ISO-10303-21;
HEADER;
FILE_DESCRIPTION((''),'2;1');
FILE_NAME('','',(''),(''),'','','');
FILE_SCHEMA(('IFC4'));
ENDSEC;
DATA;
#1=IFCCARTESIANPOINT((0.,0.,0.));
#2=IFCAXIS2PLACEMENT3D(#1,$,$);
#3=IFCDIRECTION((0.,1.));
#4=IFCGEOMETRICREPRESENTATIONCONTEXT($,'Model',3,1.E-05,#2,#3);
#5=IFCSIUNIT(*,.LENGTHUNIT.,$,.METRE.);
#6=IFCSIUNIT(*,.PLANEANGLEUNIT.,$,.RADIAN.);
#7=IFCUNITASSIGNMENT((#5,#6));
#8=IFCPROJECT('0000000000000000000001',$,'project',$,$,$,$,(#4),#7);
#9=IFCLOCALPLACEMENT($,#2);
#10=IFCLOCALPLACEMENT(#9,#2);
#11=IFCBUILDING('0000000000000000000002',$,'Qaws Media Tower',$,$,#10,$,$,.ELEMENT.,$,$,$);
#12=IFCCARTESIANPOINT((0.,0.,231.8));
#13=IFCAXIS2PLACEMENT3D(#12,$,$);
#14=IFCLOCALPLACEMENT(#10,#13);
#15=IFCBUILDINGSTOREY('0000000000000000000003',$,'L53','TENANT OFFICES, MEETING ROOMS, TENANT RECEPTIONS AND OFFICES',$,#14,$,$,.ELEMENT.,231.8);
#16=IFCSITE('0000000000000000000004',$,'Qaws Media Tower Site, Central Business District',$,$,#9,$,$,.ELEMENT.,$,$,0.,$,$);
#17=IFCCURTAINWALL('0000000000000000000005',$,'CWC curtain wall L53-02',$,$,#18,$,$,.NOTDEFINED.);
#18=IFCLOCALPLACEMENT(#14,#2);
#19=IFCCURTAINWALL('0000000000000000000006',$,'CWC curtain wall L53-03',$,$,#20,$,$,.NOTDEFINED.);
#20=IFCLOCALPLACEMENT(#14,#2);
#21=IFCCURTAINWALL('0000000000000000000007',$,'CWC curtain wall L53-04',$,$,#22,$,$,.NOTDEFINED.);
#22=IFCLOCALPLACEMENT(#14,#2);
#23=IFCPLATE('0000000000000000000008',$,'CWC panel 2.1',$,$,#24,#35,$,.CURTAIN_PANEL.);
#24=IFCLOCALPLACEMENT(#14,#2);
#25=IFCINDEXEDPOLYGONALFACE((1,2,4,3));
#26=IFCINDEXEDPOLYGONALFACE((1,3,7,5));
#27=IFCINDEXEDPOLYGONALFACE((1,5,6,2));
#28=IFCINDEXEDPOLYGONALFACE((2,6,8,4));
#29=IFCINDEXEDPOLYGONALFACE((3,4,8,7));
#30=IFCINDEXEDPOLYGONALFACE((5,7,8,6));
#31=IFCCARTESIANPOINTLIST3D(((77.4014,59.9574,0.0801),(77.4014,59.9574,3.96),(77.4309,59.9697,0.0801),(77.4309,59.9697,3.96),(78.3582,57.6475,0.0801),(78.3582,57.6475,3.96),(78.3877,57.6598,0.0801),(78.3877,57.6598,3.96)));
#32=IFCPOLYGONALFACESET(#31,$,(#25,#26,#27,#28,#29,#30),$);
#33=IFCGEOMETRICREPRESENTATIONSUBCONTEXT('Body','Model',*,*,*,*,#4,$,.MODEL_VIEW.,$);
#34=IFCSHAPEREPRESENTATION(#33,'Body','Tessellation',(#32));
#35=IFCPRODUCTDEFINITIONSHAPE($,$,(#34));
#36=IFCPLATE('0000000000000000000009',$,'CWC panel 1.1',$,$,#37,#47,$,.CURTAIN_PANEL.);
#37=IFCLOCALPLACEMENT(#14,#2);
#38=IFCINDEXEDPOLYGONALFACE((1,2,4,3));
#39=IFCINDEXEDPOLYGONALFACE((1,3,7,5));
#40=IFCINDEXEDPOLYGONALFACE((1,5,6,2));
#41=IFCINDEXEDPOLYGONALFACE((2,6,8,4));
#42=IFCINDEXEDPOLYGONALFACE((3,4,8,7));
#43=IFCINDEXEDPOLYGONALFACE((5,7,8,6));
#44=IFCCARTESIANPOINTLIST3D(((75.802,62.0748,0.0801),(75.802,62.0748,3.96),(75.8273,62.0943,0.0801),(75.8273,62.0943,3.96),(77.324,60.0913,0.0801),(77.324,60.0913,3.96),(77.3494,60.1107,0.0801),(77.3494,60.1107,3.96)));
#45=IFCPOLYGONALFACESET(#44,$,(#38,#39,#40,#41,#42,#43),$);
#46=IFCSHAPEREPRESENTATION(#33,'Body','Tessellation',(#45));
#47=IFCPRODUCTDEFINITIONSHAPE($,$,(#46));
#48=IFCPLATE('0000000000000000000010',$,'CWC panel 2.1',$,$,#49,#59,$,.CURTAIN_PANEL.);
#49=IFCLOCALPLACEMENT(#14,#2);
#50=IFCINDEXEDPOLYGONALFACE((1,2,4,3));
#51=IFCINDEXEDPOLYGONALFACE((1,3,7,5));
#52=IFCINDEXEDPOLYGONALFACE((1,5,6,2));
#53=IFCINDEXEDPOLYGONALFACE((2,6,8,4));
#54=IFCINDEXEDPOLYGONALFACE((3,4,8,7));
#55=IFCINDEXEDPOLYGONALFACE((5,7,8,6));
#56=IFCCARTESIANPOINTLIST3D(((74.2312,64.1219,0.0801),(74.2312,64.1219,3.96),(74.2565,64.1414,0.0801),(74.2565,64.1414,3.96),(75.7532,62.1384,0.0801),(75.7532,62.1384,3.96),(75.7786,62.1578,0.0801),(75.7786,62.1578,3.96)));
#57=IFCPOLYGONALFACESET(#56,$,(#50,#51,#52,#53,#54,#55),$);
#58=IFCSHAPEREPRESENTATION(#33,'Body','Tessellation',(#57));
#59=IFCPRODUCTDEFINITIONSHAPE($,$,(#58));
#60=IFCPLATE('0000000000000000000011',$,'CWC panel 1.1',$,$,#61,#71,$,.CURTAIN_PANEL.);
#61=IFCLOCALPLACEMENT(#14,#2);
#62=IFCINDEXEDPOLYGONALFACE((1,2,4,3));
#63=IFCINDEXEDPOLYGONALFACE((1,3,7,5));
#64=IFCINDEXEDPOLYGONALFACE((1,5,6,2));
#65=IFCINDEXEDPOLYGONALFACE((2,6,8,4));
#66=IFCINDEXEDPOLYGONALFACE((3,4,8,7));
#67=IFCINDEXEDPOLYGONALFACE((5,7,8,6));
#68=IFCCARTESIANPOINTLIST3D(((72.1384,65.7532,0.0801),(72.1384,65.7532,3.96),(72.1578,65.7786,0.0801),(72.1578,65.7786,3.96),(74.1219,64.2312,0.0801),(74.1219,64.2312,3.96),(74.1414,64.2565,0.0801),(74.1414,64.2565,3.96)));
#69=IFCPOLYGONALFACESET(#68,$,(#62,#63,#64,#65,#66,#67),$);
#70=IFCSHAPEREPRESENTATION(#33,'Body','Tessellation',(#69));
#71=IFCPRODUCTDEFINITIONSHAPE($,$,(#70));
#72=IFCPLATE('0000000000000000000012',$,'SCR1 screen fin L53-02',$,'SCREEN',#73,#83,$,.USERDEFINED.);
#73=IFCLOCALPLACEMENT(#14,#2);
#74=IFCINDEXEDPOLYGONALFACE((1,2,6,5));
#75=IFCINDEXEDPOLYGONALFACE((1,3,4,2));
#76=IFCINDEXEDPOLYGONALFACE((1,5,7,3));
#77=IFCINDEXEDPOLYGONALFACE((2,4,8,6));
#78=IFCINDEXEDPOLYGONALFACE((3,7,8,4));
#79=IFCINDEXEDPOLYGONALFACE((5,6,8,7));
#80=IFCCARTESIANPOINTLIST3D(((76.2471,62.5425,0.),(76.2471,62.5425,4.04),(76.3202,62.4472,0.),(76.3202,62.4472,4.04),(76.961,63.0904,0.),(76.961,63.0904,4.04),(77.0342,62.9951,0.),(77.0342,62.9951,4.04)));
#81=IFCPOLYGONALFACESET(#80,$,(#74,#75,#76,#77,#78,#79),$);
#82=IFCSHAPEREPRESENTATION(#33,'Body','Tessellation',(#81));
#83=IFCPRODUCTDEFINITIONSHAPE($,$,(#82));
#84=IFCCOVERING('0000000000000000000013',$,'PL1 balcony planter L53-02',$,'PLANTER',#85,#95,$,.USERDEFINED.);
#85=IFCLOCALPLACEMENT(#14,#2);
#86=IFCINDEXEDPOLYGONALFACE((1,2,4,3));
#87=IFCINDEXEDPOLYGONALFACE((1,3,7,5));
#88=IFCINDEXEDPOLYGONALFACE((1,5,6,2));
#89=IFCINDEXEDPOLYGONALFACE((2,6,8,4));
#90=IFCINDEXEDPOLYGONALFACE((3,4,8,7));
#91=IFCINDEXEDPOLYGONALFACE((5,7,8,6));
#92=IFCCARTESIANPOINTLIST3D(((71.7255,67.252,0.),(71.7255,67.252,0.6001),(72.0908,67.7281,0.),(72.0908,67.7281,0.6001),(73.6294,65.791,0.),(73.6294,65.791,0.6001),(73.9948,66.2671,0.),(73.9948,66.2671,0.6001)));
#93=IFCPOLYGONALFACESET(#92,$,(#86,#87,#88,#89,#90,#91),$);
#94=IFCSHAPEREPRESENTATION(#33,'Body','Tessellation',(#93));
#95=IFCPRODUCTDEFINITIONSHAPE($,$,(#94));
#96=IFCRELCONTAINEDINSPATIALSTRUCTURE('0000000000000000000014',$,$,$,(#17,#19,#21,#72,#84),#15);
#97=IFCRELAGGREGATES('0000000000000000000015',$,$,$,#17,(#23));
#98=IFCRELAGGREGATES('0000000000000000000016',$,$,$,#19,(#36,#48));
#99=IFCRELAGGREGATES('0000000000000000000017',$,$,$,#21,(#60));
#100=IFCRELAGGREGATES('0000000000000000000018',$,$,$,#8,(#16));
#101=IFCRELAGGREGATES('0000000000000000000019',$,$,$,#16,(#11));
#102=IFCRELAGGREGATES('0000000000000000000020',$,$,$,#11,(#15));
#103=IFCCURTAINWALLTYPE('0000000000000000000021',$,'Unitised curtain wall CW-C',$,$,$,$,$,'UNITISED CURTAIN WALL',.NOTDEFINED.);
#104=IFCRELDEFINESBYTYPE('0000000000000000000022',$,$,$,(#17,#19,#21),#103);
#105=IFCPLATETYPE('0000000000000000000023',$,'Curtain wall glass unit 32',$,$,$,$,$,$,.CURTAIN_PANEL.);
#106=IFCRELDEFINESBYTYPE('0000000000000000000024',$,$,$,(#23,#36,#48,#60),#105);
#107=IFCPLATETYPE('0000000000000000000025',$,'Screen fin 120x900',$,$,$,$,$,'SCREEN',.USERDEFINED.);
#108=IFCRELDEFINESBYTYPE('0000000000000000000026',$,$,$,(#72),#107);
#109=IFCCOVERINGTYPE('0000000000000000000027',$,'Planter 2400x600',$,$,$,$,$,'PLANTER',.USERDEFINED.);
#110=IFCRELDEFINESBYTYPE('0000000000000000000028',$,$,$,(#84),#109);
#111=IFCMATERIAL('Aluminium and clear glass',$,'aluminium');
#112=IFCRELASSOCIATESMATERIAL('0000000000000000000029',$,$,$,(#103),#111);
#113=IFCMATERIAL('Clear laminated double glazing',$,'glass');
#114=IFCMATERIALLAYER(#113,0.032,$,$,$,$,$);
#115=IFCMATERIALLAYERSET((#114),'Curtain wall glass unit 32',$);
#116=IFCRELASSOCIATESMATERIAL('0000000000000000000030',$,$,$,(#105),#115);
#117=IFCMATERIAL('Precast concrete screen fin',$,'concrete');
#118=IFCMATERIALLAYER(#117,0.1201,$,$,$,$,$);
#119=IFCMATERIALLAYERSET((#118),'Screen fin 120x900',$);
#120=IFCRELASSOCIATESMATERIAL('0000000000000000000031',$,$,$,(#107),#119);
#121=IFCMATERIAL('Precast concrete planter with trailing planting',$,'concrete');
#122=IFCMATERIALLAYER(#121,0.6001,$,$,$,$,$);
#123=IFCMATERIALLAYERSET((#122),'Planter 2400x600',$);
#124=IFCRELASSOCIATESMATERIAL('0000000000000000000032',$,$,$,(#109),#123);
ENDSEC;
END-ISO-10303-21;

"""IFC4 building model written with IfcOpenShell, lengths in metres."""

from ifc_helpers import new_model, si_unit, direction, frame, origin, origin_2d, place, context, subcontext, project, spatial, rectangle, extrude, material, layer, layer_set, type_object, element, aggregate, save


model = new_model("IFC4")

# Units and contexts
model_context = context("Model", 3, precision=1e-05, world=origin(), true_north=direction((0.0, 1.0)))
body_context = subcontext(model_context, "Body", "Model", "MODEL_VIEW")
ifc_project = project(units=[si_unit("LENGTHUNIT", "METRE"), si_unit("PLANEANGLEUNIT", "RADIAN")], contexts=[model_context])

# Site, building, storey
site_placement = place(None, origin())
site = spatial("IfcSite", under=ifc_project, at=site_placement, Name="Qaws Media Tower Site, Central Business District", CompositionType="ELEMENT", RefElevation=0.0)
building_placement = place(site_placement, origin())
building = spatial("IfcBuilding", under=site, at=building_placement, Name="Qaws Media Tower", CompositionType="ELEMENT")
storey_placement = place(building_placement, frame((0.0, 0.0, 231.8)))
storey = spatial("IfcBuildingStorey", under=building, at=storey_placement, Name="L53", Description="TENANT OFFICES, MEETING ROOMS, TENANT RECEPTIONS AND OFFICES", CompositionType="ELEMENT", Elevation=231.8)

# Curtain wall
ifc_material_1 = material(Name="Aluminium and clear glass", Category="aluminium")
curtain_wall_type = type_object("IfcCurtainWallType", Name="Unitised curtain wall CW-C", ElementType="UNITISED CURTAIN WALL", PredefinedType="NOTDEFINED", material=ifc_material_1)
curtain_wall_1_placement = place(storey_placement, origin())
curtain_wall_1 = element("IfcCurtainWall", 1, at=curtain_wall_1_placement, inside=storey, type_object=curtain_wall_type, Name="CWC curtain wall L53-02", PredefinedType="NOTDEFINED")

# Curtain walls
curtain_wall_2_placement = place(storey_placement, origin())
curtain_wall_2 = element("IfcCurtainWall", 2, at=curtain_wall_2_placement, inside=storey, type_object=curtain_wall_type, Name="CWC curtain wall L53-03", PredefinedType="NOTDEFINED")
curtain_wall_3_placement = place(storey_placement, origin())
curtain_wall_3 = element("IfcCurtainWall", 3, at=curtain_wall_3_placement, inside=storey, type_object=curtain_wall_type, Name="CWC curtain wall L53-04", PredefinedType="NOTDEFINED")

# Plates
ifc_material_2 = material(Name="Clear laminated double glazing", Category="glass")
ifc_layer_1 = layer(ifc_material_2, 0.032)
ifc_layer_set_1 = layer_set([ifc_layer_1], Name="Curtain wall glass unit 32")
plate_type_1 = type_object("IfcPlateType", Name="Curtain wall glass unit 32", PredefinedType="CURTAIN_PANEL", material=ifc_layer_set_1)
plate_1_placement = place(storey_placement, frame((77.8945, 58.8086, 0.0801), z_axis=(0.0, 0.0, 1.0), x_axis=(-0.382683, 0.92388, 0.0)))
plate_1 = element("IfcPlate", 4, at=plate_1_placement, type_object=plate_type_1, Name="CWC panel 2.1", PredefinedType="CURTAIN_PANEL", context=body_context, shape_type="SweptSolid", body=[
    extrude(rectangle(XDim=2.5002, YDim=0.032, at=origin_2d()), origin(), (0.0, 0.0, 1.0), 3.8799),
])
aggregate(curtain_wall_1, [plate_1])
plate_2_placement = place(storey_placement, frame((76.5757, 61.0928, 0.0801), z_axis=(0.0, 0.0, 1.0), x_axis=(-0.608761, 0.793353, 0.0)))
plate_2 = element("IfcPlate", 5, at=plate_2_placement, type_object=plate_type_1, Name="CWC panel 1.1", PredefinedType="CURTAIN_PANEL", context=body_context, shape_type="SweptSolid", body=[
    extrude(rectangle(XDim=2.5002, YDim=0.032, at=origin_2d()), origin(), (0.0, 0.0, 1.0), 3.8799),
])
plate_3_placement = place(storey_placement, frame((75.0049, 63.1399, 0.0801), z_axis=(0.0, 0.0, 1.0), x_axis=(-0.608761, 0.793353, 0.0)))
plate_3 = element("IfcPlate", 6, at=plate_3_placement, type_object=plate_type_1, Name="CWC panel 2.1", PredefinedType="CURTAIN_PANEL", context=body_context, shape_type="SweptSolid", body=[
    extrude(rectangle(XDim=2.5002, YDim=0.032, at=origin_2d()), origin(), (0.0, 0.0, 1.0), 3.8799),
])
aggregate(curtain_wall_2, [plate_2, plate_3])
plate_4_placement = place(storey_placement, frame((73.1399, 65.0049, 0.0801), z_axis=(0.0, 0.0, 1.0), x_axis=(-0.793353, 0.608761, 0.0)))
plate_4 = element("IfcPlate", 7, at=plate_4_placement, type_object=plate_type_1, Name="CWC panel 1.1", PredefinedType="CURTAIN_PANEL", context=body_context, shape_type="SweptSolid", body=[
    extrude(rectangle(XDim=2.5002, YDim=0.032, at=origin_2d()), origin(), (0.0, 0.0, 1.0), 3.8799),
])
aggregate(curtain_wall_3, [plate_4])
ifc_material_3 = material(Name="Precast concrete screen fin", Category="concrete")
ifc_layer_2 = layer(ifc_material_3, 0.1201)
ifc_layer_set_2 = layer_set([ifc_layer_2], Name="Screen fin 120x900")
plate_type_2 = type_object("IfcPlateType", Name="Screen fin 120x900", ElementType="SCREEN", PredefinedType="USERDEFINED", material=ifc_layer_set_2)
plate_5_placement = place(storey_placement, frame((76.6406, 62.7688, 0.0), z_axis=(0.0, 0.0, 1.0), x_axis=(0.793353, 0.608761, 0.0)))
element("IfcPlate", 8, at=plate_5_placement, inside=storey, type_object=plate_type_2, Name="SCR1 screen fin L53-02", ObjectType="SCREEN", PredefinedType="USERDEFINED", context=body_context, shape_type="SweptSolid", body=[
    extrude(rectangle(XDim=0.8999, YDim=0.1201, at=origin_2d()), origin(), (0.0, 0.0, 1.0), 4.04),
])

# Covering
ifc_material_4 = material(Name="Precast concrete planter with trailing planting", Category="concrete")
ifc_layer_3 = layer(ifc_material_4, 0.6001)
ifc_layer_set_3 = layer_set([ifc_layer_3], Name="Planter 2400x600")
covering_type = type_object("IfcCoveringType", Name="Planter 2400x600", ElementType="PLANTER", PredefinedType="USERDEFINED", material=ifc_layer_set_3)
covering_placement = place(storey_placement, frame((72.8601, 66.7595, 0.0), z_axis=(0.0, 0.0, 1.0), x_axis=(-0.793353, 0.608761, 0.0)))
element("IfcCovering", 9, at=covering_placement, inside=storey, type_object=covering_type, Name="PL1 balcony planter L53-02", ObjectType="PLANTER", PredefinedType="USERDEFINED", context=body_context, shape_type="SweptSolid", body=[
    extrude(rectangle(XDim=2.3999, YDim=0.6001, at=origin_2d()), origin(), (0.0, 0.0, 1.0), 0.6001),
])

save(model, "model.ifc")
